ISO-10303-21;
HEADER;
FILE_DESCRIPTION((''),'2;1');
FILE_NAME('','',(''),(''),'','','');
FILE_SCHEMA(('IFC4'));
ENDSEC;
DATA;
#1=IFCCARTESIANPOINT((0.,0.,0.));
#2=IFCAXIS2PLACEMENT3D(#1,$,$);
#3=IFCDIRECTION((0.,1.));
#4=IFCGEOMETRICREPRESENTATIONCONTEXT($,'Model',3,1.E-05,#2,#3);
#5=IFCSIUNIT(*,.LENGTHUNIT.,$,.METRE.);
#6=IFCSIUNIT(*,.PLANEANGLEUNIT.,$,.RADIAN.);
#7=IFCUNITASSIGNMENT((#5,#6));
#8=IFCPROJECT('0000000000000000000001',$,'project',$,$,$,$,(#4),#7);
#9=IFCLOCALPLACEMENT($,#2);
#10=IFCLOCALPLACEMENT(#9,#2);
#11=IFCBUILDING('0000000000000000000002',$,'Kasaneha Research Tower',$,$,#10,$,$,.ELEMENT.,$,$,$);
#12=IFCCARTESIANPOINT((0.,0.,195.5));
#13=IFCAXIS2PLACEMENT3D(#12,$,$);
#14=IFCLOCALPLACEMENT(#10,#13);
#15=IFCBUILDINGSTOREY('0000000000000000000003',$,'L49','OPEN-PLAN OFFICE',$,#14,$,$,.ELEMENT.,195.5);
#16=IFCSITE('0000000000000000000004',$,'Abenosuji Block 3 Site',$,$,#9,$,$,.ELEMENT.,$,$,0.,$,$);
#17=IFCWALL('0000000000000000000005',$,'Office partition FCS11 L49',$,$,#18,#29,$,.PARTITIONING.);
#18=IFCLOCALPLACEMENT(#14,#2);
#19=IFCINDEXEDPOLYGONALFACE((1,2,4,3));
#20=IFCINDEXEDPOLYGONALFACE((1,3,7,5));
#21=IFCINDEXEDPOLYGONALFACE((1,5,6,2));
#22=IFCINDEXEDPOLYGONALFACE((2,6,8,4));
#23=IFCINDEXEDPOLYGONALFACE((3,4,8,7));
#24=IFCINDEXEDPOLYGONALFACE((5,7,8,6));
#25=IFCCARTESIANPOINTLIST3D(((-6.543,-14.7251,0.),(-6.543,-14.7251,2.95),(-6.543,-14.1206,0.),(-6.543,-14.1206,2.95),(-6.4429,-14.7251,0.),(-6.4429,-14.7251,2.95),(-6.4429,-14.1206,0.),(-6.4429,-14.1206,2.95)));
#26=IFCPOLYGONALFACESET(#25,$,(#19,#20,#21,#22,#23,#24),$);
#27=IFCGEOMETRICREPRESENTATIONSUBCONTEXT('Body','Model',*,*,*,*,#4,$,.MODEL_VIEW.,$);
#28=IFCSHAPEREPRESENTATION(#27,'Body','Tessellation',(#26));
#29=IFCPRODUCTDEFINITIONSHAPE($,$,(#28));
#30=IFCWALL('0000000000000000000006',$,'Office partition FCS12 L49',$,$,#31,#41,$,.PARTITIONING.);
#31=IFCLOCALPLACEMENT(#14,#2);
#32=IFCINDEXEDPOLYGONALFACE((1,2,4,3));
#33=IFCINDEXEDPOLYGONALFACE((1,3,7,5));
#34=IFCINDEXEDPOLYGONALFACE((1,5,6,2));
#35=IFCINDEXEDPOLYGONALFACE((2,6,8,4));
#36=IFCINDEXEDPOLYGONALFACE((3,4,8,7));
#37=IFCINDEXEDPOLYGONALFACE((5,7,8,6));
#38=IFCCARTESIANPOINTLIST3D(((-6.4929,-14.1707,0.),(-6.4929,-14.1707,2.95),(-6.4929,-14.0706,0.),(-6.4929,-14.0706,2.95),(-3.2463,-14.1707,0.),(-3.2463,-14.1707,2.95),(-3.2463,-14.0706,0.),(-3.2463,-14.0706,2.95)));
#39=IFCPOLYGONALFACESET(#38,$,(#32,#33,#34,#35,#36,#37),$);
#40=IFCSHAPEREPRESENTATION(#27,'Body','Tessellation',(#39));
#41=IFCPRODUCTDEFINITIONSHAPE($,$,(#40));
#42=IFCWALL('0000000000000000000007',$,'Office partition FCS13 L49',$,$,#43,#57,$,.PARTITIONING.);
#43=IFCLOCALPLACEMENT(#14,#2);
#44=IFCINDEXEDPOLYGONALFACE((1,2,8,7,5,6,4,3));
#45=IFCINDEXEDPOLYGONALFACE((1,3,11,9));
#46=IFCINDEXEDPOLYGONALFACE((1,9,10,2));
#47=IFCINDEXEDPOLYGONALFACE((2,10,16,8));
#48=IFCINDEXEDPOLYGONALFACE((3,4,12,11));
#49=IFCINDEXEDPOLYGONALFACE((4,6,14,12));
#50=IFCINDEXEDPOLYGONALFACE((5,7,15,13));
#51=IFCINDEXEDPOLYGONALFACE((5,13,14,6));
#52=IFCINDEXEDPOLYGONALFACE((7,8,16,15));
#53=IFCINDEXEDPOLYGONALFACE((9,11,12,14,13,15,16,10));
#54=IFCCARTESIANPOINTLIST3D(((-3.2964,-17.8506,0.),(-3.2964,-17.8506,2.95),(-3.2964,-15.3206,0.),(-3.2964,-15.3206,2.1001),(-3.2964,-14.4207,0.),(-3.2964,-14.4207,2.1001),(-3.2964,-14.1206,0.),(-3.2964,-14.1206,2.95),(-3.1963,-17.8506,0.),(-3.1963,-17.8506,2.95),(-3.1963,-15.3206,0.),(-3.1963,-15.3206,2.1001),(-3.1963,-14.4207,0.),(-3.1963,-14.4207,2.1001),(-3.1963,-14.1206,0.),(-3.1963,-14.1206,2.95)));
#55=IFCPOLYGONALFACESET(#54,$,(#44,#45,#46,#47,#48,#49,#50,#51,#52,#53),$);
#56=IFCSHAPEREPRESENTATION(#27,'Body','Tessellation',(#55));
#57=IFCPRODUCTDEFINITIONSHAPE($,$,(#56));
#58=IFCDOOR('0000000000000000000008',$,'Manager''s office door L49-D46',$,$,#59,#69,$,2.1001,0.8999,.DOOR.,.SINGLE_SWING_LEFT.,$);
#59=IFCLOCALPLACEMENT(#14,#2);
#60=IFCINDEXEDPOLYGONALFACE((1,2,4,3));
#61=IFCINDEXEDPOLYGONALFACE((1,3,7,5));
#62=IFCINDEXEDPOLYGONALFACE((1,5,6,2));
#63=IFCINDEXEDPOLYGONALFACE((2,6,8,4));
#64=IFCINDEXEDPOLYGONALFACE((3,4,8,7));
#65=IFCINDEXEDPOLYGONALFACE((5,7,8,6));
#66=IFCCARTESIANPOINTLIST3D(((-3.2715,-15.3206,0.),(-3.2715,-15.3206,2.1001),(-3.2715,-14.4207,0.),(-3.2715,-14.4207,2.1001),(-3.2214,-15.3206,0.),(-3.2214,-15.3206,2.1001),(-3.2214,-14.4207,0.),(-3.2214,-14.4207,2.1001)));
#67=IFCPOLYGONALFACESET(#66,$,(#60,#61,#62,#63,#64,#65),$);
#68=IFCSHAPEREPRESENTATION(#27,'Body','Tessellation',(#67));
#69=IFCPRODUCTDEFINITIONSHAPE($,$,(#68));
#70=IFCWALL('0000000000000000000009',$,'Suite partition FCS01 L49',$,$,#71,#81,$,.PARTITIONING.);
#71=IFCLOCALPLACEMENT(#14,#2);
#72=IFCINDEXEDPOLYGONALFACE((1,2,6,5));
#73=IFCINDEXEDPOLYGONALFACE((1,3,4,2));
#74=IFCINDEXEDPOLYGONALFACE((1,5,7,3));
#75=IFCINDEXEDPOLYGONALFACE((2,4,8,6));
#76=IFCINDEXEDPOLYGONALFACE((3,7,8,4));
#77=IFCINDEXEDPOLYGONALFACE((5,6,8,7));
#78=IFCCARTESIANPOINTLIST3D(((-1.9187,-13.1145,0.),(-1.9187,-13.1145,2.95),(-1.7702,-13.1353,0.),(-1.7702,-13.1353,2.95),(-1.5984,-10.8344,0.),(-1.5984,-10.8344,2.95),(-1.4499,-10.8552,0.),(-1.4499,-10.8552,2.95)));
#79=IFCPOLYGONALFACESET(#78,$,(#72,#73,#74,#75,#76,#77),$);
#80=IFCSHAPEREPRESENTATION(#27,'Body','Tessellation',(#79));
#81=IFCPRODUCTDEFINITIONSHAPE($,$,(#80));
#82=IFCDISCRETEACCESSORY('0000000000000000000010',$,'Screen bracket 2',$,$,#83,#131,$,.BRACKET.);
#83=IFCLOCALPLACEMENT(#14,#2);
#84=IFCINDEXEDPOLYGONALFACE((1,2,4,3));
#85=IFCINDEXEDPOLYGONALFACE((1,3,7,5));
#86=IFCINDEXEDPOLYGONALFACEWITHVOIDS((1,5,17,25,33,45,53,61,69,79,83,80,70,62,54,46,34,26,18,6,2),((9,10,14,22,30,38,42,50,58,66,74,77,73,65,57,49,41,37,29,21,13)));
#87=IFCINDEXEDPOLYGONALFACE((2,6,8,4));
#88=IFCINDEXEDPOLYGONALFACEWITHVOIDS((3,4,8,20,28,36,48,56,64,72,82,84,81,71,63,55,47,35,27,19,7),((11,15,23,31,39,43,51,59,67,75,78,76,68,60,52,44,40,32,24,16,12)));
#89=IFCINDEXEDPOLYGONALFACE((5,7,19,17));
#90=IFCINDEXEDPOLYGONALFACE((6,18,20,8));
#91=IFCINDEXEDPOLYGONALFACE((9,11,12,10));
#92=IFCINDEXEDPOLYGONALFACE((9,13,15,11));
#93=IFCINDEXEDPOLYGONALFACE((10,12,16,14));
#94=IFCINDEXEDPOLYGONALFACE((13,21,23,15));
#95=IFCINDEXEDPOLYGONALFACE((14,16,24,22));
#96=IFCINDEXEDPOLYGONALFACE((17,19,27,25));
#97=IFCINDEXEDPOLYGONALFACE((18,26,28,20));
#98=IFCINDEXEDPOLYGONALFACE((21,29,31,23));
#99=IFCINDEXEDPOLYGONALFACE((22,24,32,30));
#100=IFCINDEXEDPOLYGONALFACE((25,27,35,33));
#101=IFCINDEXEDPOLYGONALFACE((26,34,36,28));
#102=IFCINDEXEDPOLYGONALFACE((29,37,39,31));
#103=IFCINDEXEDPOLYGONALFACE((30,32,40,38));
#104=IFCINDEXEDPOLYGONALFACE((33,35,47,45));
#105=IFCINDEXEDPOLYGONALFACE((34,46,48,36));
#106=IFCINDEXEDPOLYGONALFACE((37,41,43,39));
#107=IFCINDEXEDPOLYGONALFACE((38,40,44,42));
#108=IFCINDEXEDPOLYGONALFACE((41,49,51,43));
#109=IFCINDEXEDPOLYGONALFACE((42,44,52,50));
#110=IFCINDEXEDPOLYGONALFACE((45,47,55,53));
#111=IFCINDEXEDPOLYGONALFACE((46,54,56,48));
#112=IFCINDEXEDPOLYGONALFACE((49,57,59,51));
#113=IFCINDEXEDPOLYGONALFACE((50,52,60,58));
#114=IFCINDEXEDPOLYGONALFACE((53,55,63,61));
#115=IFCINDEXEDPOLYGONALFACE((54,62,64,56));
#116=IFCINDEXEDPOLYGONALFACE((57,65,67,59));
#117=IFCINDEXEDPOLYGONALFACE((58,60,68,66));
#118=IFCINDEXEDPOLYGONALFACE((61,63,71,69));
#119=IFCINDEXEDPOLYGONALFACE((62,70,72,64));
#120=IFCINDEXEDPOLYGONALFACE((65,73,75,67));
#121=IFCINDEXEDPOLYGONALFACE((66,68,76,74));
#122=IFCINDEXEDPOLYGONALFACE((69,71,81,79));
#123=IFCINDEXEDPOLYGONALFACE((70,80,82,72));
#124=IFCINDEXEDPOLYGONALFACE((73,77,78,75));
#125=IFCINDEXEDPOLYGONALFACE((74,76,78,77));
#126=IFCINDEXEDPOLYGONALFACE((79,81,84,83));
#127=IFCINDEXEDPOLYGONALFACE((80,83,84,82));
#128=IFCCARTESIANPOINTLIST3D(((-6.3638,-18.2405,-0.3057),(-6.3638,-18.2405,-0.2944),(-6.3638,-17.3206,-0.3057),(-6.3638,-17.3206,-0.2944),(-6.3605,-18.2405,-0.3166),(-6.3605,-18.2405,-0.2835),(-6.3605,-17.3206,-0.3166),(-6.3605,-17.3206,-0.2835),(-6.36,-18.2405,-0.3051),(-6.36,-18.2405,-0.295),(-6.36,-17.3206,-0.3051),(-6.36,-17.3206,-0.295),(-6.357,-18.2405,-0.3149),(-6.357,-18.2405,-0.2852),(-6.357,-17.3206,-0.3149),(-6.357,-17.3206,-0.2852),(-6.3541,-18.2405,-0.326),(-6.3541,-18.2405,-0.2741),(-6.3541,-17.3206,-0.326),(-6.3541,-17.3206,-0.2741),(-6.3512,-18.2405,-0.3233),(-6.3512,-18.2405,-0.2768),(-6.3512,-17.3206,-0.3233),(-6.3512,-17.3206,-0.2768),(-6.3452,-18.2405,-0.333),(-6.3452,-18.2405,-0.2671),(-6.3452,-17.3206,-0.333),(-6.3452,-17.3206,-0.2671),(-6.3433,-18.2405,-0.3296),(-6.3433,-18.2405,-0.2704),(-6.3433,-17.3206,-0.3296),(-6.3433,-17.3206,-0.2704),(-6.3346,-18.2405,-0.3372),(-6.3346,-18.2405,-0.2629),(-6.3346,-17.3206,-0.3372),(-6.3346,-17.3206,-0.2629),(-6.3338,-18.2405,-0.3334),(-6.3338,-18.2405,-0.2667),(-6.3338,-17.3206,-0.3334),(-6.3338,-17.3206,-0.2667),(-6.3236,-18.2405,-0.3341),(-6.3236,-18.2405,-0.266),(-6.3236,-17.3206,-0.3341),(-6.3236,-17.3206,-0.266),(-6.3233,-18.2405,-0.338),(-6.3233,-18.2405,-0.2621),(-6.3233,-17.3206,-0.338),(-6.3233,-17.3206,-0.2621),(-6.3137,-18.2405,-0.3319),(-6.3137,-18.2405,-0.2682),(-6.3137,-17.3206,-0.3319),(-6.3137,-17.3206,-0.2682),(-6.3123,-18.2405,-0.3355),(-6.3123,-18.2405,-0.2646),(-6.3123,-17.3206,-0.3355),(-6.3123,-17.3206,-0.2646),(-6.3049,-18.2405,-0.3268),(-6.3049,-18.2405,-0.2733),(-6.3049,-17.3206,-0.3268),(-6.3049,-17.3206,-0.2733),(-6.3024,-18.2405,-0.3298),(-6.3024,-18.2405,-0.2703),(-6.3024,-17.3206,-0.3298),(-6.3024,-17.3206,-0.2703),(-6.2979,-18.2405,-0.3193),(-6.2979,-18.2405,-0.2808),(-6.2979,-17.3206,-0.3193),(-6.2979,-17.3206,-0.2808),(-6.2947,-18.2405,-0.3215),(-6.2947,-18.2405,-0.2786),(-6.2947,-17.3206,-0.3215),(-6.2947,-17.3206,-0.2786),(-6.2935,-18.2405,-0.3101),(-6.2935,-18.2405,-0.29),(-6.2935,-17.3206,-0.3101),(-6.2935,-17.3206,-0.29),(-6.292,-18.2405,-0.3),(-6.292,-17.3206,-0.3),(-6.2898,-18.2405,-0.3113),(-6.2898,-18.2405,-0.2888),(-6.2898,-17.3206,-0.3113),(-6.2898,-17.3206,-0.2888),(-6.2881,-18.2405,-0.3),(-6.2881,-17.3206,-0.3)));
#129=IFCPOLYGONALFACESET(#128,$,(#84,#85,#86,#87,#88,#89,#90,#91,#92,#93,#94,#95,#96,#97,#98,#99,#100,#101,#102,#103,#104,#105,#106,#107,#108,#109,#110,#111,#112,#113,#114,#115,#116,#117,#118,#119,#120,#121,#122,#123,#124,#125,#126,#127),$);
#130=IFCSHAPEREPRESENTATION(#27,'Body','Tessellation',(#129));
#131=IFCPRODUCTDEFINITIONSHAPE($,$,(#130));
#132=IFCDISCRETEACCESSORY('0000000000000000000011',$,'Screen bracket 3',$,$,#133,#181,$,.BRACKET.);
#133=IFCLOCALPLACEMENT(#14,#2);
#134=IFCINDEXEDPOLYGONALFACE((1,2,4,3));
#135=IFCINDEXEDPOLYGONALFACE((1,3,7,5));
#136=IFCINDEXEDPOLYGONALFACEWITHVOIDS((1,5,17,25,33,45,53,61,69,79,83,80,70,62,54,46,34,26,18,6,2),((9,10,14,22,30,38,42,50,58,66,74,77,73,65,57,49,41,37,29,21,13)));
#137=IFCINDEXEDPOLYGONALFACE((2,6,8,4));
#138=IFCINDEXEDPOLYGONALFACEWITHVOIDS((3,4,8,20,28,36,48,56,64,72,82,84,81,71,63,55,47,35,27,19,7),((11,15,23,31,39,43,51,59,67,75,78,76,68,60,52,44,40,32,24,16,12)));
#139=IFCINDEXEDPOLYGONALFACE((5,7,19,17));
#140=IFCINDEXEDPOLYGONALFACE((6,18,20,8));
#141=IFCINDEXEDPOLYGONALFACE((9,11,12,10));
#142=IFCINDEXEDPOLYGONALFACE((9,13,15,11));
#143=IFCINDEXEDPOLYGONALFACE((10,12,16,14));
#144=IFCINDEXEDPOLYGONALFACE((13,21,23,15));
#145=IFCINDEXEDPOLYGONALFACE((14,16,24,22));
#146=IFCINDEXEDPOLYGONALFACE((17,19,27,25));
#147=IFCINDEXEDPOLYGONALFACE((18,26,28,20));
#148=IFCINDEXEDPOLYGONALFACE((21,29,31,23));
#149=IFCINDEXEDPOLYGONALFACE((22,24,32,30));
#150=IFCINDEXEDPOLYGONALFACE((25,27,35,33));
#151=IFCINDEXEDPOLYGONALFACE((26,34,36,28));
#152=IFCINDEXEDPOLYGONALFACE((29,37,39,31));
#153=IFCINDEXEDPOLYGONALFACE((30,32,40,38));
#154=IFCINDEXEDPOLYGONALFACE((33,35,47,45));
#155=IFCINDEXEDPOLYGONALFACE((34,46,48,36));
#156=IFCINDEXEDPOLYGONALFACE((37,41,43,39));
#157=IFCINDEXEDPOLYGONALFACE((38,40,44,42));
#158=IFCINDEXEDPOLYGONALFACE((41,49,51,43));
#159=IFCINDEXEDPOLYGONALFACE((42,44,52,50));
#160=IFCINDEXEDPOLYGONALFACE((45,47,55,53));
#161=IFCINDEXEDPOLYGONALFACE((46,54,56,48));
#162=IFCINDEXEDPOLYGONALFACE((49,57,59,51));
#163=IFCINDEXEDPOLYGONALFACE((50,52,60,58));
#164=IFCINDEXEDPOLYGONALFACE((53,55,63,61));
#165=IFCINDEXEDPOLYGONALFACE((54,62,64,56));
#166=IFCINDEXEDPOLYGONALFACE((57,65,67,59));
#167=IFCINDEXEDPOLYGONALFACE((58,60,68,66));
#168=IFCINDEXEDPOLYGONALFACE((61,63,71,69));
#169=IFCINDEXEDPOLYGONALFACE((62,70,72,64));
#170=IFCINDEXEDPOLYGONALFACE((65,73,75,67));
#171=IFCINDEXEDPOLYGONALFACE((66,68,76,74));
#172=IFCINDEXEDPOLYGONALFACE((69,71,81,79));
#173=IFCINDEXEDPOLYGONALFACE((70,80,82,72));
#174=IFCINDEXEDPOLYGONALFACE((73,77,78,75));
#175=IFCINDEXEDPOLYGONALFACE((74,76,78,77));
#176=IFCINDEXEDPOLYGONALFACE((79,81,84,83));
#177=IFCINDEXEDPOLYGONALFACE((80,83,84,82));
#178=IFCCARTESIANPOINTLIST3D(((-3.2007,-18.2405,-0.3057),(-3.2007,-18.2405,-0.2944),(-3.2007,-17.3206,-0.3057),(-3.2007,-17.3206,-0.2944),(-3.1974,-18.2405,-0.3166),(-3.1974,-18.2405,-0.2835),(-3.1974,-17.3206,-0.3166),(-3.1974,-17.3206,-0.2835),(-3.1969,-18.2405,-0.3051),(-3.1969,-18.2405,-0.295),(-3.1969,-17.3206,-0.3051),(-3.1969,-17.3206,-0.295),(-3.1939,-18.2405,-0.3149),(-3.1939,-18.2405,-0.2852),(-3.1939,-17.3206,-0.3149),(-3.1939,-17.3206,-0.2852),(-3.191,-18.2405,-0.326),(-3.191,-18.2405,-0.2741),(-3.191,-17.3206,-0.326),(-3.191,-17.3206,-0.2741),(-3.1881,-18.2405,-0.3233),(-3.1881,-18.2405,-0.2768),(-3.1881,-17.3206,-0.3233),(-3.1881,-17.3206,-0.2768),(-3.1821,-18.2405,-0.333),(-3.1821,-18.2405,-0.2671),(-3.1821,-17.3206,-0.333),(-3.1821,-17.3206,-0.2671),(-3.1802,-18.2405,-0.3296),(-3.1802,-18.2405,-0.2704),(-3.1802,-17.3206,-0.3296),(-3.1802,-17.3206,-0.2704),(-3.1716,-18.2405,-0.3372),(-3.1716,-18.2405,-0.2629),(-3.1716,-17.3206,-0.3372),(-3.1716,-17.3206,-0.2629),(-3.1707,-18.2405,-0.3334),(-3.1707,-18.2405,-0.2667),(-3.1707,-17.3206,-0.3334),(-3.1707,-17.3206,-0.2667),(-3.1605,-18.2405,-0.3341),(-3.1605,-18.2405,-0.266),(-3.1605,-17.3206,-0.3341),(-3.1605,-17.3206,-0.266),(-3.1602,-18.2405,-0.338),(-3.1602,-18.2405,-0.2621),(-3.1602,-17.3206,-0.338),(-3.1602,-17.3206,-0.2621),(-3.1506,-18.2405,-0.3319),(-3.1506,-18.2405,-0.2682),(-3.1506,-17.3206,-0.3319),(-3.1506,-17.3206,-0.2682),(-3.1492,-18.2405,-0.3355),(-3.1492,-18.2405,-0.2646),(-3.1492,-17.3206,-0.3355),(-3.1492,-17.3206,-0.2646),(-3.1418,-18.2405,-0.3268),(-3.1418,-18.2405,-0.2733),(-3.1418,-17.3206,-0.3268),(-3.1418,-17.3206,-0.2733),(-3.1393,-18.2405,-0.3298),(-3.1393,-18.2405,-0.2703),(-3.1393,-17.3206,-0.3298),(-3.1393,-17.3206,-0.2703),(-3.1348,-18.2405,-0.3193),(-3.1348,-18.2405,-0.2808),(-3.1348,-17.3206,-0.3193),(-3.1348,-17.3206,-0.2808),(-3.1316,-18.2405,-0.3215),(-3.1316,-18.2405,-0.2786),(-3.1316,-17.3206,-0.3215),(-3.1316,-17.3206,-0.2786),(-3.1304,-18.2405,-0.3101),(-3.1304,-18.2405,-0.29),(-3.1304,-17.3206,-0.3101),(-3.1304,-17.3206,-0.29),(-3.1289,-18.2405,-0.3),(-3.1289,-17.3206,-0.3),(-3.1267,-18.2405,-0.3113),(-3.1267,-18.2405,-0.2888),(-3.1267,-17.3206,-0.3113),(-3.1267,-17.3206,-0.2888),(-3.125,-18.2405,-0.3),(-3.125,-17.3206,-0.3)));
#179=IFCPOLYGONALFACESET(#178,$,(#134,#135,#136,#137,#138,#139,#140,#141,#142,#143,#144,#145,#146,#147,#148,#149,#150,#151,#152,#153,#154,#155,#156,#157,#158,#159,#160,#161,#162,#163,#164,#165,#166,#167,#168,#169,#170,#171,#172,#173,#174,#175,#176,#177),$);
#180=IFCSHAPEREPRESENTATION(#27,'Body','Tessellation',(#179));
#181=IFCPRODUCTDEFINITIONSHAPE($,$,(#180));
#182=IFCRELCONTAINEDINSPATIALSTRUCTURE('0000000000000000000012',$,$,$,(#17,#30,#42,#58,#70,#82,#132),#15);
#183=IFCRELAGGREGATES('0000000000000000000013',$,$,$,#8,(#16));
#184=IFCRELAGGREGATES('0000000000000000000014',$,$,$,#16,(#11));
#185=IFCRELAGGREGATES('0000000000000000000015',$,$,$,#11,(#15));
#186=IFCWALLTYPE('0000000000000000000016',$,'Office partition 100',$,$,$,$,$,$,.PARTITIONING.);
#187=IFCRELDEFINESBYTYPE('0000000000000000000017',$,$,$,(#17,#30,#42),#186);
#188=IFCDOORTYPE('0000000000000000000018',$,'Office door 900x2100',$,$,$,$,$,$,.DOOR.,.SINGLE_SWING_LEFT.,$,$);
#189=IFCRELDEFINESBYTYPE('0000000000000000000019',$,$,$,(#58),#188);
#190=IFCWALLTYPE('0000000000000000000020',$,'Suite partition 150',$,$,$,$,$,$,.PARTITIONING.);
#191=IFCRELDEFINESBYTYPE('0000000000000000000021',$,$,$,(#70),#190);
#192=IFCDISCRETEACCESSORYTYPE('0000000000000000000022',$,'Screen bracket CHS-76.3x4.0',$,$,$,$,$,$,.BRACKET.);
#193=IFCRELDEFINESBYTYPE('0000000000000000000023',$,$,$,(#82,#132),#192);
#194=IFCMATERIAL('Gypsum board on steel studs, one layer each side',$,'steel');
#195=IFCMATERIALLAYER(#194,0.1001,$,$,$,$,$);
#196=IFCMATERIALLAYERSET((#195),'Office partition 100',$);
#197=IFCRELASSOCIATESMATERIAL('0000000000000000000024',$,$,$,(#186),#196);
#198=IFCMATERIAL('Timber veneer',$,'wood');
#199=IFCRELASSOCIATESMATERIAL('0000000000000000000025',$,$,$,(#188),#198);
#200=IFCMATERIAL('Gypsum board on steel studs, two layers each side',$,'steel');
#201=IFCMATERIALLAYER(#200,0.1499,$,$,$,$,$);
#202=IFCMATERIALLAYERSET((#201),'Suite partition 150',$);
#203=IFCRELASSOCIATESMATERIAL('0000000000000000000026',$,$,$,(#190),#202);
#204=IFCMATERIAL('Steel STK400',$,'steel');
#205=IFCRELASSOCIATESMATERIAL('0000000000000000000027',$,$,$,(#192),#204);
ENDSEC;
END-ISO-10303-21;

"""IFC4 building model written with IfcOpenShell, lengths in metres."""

from ifc_helpers import new_model, si_unit, direction, frame, frame_2d, origin, origin_2d, place, context, subcontext, project, spatial, rectangle, hollow_circle, extrude, material, layer, layer_set, material_profile, profile_set, type_object, element, fill, save


model = new_model("IFC4")

# Units and contexts
model_context = context("Model", 3, precision=1e-05, world=origin(), true_north=direction((0.0, 1.0)))
body_context = subcontext(model_context, "Body", "Model", "MODEL_VIEW")
ifc_project = project(units=[si_unit("LENGTHUNIT", "METRE"), si_unit("PLANEANGLEUNIT", "RADIAN")], contexts=[model_context])

# Site, building, storey
site_placement = place(None, origin())
site = spatial("IfcSite", under=ifc_project, at=site_placement, Name="Abenosuji Block 3 Site", CompositionType="ELEMENT", RefElevation=0.0)
building_placement = place(site_placement, origin())
building = spatial("IfcBuilding", under=site, at=building_placement, Name="Kasaneha Research Tower", CompositionType="ELEMENT")
storey_placement = place(building_placement, frame((0.0, 0.0, 195.5)))
storey = spatial("IfcBuildingStorey", under=building, at=storey_placement, Name="L49", Description="OPEN-PLAN OFFICE", CompositionType="ELEMENT", Elevation=195.5)

# Walls
ifc_material_1 = material(Name="Gypsum board on steel studs, one layer each side", Category="steel")
ifc_layer_1 = layer(ifc_material_1, 0.1001)
ifc_layer_set_1 = layer_set([ifc_layer_1], Name="Office partition 100")
wall_type_1 = type_object("IfcWallType", Name="Office partition 100", PredefinedType="PARTITIONING", material=ifc_layer_set_1)
wall_1_placement = place(storey_placement, frame((-6.4929, -14.7251, 0.0), z_axis=(0.0, 0.0, 1.0), x_axis=(0.0, 1.0, 0.0)))
element("IfcWall", 1, at=wall_1_placement, inside=storey, type_object=wall_type_1, Name="Office partition FCS11 L49", PredefinedType="PARTITIONING", context=body_context, shape_type="SweptSolid", body=[
    extrude(rectangle(XDim=0.6045, YDim=0.1001, at=frame_2d((0.3022, 0.0))), origin(), (0.0, 0.0, 1.0), 2.95),
])
wall_2_placement = place(storey_placement, frame((-6.4929, -14.1206, 0.0), z_axis=(0.0, 0.0, 1.0), x_axis=(1.0, 0.0, 0.0)))
element("IfcWall", 2, at=wall_2_placement, inside=storey, type_object=wall_type_1, Name="Office partition FCS12 L49", PredefinedType="PARTITIONING", context=body_context, shape_type="SweptSolid", body=[
    extrude(rectangle(XDim=3.2466, YDim=0.1001, at=frame_2d((1.6233, 0.0))), origin(), (0.0, 0.0, 1.0), 2.95),
])

# Wall, opening, door
wall_3_placement = place(storey_placement, frame((-3.2463, -14.1206, 0.0), z_axis=(0.0, 0.0, 1.0), x_axis=(0.0, -1.0, 0.0)))
wall_3 = element("IfcWall", 3, at=wall_3_placement, inside=storey, type_object=wall_type_1, Name="Office partition FCS13 L49", PredefinedType="PARTITIONING", context=body_context, shape_type="SweptSolid", body=[
    extrude(rectangle(XDim=3.73, YDim=0.1001, at=frame_2d((1.865, 0.0))), origin(), (0.0, 0.0, 1.0), 2.95),
])
opening_1_placement = place(wall_3_placement, frame((0.3, 0.0, 0.0)))
opening_1 = element("IfcOpeningElement", 4, at=opening_1_placement, cuts=wall_3, PredefinedType="OPENING", context=body_context, shape_type="SweptSolid", body=[
    extrude(rectangle(XDim=0.8999, YDim=2.1001, at=frame_2d((0.45, 1.05))), frame((0.0, 0.0601, 0.0), z_axis=(0.0, -1.0, 0.0), x_axis=(1.0, 0.0, 0.0)), (0.0, 0.0, 1.0), 0.1201),
])
ifc_material_2 = material(Name="Timber veneer", Category="wood")
door_type_1 = type_object("IfcDoorType", Name="Office door 900x2100", OperationType="SINGLE_SWING_LEFT", PredefinedType="DOOR", material=ifc_material_2)
door_1_placement = place(opening_1_placement, origin())
door_1 = element("IfcDoor", 5, at=door_1_placement, inside=storey, type_object=door_type_1, Name="Manager's office door L49-D46", OperationType="SINGLE_SWING_LEFT", OverallHeight=2.1001, OverallWidth=0.8999, PredefinedType="DOOR", context=body_context, shape_type="SweptSolid", body=[
    extrude(rectangle(XDim=0.8999, YDim=2.1001, at=frame_2d((0.45, 1.05))), frame((0.0, 0.0249, 0.0), z_axis=(0.0, -1.0, 0.0), x_axis=(1.0, 0.0, 0.0)), (0.0, 0.0, 1.0), 0.05),
])
fill(opening_1, door_1)

# Wall
ifc_material_3 = material(Name="Gypsum board on steel studs, two layers each side", Category="steel")
ifc_layer_2 = layer(ifc_material_3, 0.1499)
ifc_layer_set_2 = layer_set([ifc_layer_2], Name="Suite partition 150")
wall_type_2 = type_object("IfcWallType", Name="Suite partition 150", PredefinedType="PARTITIONING", material=ifc_layer_set_2)
wall_4_placement = place(storey_placement, frame((-1.8445, -13.125, 0.0), z_axis=(0.0, 0.0, 1.0), x_axis=(0.13912, 0.990276, 0.0)))
element("IfcWall", 6, at=wall_4_placement, inside=storey, type_object=wall_type_2, Name="Suite partition FCS01 L49", PredefinedType="PARTITIONING", context=body_context, shape_type="SweptSolid", body=[
    extrude(rectangle(XDim=2.3025, YDim=0.1499, at=frame_2d((1.1514, 0.0))), origin(), (0.0, 0.0, 1.0), 2.95),
])

# Discrete accessories
ifc_material_4 = material(Name="Steel STK400", Category="steel")
ifc_material_profile_1 = material_profile(ifc_material_4, hollow_circle(Radius=0.0381, WallThickness=0.0039, at=origin_2d()), Name="CHS-76.3x4.0")
ifc_profile_set_1 = profile_set([ifc_material_profile_1], Name="Steel STK400")
discrete_accessory_type = type_object("IfcDiscreteAccessoryType", Name="Screen bracket CHS-76.3x4.0", PredefinedType="BRACKET", material=ifc_profile_set_1)
for number, where, z_axis, x_axis, name in (
    (7, (-6.3262, -17.3206, -0.3), (0.0, -1.0, 0.0), (1.0, 0.0, 0.0), "Screen bracket 2"),
    (8, (-3.1631, -17.3206, -0.3), (0.0, -1.0, 0.0), (1.0, 0.0, 0.0), "Screen bracket 3"),
):
    element("IfcDiscreteAccessory", number, at=place(storey_placement, frame(where, z_axis=z_axis, x_axis=x_axis)), inside=storey, type_object=discrete_accessory_type, Name=name, PredefinedType="BRACKET", context=body_context, shape_type="SweptSolid", body=[
        extrude(hollow_circle(Radius=0.0381, WallThickness=0.0039, at=origin_2d()), origin(), (0.0, 0.0, 1.0), 0.9199),
    ])

save(model, "model.ifc")
